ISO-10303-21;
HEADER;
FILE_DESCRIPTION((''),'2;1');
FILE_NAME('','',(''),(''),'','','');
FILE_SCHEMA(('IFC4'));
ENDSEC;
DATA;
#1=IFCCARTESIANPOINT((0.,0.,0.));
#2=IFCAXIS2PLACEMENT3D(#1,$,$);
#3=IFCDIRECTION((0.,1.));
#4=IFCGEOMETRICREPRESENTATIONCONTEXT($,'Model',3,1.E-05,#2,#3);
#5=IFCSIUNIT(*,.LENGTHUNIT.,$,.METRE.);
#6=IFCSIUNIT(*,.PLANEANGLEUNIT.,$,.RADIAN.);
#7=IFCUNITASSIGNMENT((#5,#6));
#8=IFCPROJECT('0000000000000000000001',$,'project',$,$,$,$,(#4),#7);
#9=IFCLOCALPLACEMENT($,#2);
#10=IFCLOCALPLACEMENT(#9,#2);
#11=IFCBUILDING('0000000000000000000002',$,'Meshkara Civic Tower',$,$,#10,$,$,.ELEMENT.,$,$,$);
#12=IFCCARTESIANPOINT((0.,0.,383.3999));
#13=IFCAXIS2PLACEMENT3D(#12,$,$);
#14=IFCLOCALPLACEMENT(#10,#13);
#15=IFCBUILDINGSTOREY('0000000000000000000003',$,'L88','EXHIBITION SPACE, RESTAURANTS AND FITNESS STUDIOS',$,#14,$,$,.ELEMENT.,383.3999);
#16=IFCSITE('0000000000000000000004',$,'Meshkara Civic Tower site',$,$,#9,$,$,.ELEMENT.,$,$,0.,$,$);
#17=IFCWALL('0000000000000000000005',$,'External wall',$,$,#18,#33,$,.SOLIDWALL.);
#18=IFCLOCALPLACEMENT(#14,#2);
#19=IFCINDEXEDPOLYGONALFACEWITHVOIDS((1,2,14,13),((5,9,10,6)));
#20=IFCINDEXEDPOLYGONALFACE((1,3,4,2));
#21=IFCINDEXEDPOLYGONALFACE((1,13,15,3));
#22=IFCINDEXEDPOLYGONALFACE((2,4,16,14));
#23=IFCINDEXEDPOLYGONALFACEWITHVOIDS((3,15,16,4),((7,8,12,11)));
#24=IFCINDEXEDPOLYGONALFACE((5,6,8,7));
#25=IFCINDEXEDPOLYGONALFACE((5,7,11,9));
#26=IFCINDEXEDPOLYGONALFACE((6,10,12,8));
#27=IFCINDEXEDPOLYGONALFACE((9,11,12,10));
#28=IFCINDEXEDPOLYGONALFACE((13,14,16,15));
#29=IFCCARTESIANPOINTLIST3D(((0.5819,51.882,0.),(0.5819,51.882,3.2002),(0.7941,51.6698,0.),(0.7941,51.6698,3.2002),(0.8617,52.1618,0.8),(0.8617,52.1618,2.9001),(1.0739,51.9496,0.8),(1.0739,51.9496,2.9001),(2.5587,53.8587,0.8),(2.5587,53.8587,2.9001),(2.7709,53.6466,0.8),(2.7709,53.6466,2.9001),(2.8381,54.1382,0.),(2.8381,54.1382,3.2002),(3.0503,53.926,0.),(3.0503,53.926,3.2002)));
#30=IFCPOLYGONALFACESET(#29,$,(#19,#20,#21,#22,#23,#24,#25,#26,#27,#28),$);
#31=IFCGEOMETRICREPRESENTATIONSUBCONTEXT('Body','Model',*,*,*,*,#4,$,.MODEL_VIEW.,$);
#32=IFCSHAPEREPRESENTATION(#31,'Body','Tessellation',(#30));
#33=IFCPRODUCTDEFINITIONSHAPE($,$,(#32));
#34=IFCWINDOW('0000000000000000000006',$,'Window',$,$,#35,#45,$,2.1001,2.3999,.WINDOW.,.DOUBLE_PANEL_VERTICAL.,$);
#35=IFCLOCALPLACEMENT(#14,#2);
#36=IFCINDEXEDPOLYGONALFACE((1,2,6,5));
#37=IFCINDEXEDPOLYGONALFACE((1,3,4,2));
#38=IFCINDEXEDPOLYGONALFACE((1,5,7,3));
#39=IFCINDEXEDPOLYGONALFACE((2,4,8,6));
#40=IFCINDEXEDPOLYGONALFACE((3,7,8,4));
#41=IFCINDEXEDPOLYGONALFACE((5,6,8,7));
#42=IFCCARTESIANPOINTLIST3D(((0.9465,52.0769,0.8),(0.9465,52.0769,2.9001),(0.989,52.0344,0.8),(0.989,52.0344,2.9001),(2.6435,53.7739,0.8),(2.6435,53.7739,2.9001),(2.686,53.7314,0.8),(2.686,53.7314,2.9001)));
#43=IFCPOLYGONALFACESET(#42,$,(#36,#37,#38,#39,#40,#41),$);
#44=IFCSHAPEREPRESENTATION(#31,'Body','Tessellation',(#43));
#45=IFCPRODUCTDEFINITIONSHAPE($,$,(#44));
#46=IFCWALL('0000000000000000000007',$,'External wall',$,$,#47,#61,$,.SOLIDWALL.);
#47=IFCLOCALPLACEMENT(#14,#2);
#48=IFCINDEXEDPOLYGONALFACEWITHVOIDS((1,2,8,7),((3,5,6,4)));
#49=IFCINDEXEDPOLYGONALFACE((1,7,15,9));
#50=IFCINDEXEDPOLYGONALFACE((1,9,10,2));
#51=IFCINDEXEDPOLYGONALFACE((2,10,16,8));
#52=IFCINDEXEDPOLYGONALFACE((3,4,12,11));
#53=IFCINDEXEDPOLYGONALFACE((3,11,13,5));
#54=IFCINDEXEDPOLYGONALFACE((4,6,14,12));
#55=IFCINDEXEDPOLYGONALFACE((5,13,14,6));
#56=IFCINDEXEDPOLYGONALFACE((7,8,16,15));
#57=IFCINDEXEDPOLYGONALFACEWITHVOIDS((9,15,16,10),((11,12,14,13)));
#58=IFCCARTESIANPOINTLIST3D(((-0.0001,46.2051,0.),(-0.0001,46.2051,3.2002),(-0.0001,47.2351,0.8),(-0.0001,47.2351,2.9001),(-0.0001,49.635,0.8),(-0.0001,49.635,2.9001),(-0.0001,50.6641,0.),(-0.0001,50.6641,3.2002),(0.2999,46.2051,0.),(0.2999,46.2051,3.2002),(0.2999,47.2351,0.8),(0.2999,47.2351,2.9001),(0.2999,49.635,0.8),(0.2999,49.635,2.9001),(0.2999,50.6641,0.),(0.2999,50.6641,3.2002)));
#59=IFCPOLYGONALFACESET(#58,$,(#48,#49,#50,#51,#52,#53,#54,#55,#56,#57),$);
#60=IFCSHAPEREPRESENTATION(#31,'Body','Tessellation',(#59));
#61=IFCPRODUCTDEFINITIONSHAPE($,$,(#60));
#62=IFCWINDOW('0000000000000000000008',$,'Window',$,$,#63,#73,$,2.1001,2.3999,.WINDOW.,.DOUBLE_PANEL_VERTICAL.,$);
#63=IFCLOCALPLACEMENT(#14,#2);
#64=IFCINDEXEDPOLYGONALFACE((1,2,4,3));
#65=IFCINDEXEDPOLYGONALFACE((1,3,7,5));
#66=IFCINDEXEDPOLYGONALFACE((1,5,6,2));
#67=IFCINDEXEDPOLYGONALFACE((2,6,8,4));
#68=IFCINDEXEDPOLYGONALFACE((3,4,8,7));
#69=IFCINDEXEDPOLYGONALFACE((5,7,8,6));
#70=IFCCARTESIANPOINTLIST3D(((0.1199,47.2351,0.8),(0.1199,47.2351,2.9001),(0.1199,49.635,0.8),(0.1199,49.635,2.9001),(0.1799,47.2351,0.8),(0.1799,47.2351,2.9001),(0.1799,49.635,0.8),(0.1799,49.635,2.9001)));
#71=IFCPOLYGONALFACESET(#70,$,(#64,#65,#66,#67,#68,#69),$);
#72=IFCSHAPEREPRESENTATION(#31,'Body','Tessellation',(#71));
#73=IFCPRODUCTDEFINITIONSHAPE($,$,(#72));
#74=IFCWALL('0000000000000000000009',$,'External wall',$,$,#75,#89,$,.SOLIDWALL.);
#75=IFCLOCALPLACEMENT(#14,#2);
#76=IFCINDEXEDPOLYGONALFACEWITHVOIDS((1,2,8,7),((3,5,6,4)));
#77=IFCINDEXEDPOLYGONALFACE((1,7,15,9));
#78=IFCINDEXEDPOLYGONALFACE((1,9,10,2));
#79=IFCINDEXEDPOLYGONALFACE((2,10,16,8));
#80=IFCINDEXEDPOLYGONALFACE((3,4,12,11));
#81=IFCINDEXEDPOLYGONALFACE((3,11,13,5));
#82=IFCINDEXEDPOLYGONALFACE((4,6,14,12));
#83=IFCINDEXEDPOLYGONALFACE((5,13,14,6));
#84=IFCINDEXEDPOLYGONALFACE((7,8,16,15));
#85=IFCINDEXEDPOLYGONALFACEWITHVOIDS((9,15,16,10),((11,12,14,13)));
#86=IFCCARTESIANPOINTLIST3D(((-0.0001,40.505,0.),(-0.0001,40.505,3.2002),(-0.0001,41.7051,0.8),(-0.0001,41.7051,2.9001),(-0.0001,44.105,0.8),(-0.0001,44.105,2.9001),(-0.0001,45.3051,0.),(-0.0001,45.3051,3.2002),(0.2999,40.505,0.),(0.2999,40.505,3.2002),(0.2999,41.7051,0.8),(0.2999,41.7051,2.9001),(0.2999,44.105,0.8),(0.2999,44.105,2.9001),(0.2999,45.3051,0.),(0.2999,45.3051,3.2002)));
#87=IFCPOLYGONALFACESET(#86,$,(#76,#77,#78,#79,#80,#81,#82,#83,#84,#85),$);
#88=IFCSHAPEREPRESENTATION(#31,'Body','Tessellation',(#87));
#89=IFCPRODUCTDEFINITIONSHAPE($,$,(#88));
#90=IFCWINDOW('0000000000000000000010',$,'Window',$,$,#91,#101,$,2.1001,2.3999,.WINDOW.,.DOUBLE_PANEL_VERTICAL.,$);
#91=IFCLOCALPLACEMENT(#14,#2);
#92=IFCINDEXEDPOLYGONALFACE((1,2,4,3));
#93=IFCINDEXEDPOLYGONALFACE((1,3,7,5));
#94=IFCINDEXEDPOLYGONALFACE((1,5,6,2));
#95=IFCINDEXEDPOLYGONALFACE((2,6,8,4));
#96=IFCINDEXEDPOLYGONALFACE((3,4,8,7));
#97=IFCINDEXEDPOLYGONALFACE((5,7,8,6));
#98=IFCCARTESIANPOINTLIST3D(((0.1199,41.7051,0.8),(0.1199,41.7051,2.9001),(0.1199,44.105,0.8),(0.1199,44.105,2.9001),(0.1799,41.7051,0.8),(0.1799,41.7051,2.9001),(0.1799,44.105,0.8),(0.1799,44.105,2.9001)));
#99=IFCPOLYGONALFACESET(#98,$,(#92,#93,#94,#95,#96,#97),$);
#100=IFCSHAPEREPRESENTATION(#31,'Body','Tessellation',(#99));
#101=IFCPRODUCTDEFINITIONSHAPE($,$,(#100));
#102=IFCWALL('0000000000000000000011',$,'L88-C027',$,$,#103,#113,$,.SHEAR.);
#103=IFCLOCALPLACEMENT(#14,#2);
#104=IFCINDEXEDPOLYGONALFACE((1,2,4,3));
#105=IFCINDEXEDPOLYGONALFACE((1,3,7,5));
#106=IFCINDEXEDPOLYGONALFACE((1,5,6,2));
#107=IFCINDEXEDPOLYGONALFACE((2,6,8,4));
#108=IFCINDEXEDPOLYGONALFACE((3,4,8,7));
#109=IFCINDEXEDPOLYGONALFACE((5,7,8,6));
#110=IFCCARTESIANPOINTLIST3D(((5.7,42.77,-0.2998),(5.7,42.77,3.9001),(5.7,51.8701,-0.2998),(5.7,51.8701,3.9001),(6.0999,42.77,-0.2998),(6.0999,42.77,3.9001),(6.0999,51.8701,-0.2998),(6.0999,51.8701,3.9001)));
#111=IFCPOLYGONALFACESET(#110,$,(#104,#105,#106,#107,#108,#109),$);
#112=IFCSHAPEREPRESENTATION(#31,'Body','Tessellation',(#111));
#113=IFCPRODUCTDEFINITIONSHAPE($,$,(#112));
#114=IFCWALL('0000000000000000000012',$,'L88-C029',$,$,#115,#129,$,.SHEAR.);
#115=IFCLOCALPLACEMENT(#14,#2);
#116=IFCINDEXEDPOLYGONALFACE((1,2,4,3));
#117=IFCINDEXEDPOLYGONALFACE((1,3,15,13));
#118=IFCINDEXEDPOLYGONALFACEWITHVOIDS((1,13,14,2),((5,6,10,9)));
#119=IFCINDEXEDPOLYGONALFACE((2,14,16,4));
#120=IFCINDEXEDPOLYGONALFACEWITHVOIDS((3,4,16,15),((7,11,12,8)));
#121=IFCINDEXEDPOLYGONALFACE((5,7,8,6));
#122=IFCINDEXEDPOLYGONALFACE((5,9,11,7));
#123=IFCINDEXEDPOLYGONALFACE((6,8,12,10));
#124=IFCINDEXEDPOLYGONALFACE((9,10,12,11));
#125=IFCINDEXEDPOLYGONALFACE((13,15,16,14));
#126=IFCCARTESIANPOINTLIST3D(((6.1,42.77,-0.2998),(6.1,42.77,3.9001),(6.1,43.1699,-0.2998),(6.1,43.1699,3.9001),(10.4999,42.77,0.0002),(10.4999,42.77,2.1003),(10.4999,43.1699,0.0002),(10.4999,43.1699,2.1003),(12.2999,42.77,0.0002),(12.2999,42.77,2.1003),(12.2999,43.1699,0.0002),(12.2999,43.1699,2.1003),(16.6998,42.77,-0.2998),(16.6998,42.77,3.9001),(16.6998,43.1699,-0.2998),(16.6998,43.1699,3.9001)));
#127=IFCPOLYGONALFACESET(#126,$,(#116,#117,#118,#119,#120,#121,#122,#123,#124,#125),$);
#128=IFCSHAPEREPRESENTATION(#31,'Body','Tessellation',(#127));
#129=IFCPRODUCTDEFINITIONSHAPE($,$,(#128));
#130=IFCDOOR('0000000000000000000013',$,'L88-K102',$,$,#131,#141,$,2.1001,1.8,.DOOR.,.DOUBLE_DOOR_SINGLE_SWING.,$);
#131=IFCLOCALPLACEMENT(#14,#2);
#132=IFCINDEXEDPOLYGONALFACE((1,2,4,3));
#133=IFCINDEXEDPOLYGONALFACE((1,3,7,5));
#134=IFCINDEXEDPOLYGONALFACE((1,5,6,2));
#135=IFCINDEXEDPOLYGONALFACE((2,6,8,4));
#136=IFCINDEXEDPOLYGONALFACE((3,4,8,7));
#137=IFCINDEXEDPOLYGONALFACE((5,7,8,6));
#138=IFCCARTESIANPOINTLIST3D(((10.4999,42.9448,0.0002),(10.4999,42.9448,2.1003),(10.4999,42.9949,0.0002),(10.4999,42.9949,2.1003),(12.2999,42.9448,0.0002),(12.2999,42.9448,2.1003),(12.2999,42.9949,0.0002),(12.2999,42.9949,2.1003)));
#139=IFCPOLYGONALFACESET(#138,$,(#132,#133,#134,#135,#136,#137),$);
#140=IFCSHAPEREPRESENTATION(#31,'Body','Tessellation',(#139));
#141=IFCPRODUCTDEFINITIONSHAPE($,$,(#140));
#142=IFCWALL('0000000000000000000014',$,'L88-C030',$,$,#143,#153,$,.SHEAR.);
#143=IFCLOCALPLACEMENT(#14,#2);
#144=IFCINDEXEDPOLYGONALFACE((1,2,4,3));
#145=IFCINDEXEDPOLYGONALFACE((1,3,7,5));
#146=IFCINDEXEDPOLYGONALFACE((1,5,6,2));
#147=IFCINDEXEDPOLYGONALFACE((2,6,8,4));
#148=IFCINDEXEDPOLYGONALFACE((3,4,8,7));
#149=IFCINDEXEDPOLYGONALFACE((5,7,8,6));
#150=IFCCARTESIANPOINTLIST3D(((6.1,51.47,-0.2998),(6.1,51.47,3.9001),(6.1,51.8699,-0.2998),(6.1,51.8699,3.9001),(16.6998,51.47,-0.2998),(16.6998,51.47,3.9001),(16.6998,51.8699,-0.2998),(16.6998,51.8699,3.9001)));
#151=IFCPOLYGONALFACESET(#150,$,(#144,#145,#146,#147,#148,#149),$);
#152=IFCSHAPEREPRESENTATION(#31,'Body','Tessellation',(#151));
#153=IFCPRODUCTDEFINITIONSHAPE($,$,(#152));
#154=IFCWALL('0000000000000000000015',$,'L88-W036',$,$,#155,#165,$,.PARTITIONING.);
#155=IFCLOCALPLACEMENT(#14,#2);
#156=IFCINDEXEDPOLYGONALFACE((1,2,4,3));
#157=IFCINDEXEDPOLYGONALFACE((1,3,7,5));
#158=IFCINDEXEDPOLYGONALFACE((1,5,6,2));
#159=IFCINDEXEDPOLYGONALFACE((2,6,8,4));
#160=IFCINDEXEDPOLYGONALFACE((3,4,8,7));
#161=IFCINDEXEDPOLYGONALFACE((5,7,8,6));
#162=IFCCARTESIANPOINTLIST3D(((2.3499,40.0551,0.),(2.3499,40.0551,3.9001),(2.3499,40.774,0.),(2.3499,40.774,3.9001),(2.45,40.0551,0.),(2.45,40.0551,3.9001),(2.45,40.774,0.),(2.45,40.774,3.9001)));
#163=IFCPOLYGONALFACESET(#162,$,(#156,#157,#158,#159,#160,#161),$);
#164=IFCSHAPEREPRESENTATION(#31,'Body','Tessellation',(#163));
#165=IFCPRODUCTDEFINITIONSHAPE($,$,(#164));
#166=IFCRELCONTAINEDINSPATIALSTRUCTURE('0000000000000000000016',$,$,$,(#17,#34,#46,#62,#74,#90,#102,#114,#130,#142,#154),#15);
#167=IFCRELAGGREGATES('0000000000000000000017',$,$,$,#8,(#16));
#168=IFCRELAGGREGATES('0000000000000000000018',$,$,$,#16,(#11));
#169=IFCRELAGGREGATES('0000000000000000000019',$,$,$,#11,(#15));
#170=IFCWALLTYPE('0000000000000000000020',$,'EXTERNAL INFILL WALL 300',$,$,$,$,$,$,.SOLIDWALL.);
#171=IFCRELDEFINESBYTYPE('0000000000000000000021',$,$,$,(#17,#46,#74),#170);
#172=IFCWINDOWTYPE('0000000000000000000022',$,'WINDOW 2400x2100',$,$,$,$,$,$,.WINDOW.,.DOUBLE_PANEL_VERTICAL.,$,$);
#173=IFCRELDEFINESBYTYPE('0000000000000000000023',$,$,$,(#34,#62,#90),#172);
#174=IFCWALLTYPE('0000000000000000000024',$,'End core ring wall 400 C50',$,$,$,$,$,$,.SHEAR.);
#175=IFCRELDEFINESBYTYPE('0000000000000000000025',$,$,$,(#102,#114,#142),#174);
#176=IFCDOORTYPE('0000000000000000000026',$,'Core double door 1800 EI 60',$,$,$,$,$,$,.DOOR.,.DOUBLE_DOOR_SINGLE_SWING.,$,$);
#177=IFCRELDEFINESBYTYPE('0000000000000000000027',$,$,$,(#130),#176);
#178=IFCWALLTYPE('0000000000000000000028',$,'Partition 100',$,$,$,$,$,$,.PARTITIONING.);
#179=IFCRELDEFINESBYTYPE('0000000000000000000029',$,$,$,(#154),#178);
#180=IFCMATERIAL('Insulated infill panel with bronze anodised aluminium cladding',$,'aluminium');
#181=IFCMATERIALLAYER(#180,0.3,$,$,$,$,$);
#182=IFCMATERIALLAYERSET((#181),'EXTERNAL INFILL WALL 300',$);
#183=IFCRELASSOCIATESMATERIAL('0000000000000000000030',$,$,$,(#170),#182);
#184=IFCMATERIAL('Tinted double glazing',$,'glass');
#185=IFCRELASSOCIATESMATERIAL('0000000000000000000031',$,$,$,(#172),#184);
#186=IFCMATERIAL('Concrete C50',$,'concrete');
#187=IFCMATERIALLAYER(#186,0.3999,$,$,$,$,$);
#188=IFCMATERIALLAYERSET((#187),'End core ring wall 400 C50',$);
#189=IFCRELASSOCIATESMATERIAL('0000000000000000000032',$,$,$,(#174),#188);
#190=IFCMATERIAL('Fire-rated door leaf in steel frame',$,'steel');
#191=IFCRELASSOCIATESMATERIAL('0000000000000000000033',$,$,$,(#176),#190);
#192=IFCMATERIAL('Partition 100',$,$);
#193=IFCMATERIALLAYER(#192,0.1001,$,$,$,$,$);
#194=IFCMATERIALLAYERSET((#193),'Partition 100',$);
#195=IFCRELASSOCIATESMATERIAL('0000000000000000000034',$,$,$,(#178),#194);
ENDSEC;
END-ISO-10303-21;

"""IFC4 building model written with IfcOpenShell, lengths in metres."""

from ifc_helpers import new_model, si_unit, direction, frame, frame_2d, origin, place, context, subcontext, project, spatial, rectangle, extrude, material, layer, layer_set, type_object, element, fill, save


model = new_model("IFC4")

# Units and contexts
model_context = context("Model", 3, precision=1e-05, world=origin(), true_north=direction((0.0, 1.0)))
body_context = subcontext(model_context, "Body", "Model", "MODEL_VIEW")
ifc_project = project(units=[si_unit("LENGTHUNIT", "METRE"), si_unit("PLANEANGLEUNIT", "RADIAN")], contexts=[model_context])

# Site, building, storey
site_placement = place(None, origin())
site = spatial("IfcSite", under=ifc_project, at=site_placement, Name="Meshkara Civic Tower site", CompositionType="ELEMENT", RefElevation=0.0)
building_placement = place(site_placement, origin())
building = spatial("IfcBuilding", under=site, at=building_placement, Name="Meshkara Civic Tower", CompositionType="ELEMENT")
storey_placement = place(building_placement, frame((0.0, 0.0, 383.3999)))
storey = spatial("IfcBuildingStorey", under=building, at=storey_placement, Name="L88", Description="EXHIBITION SPACE, RESTAURANTS AND FITNESS STUDIOS", CompositionType="ELEMENT", Elevation=383.3999)

# Walls, openings, windows
ifc_material_1 = material(Name="Insulated infill panel with bronze anodised aluminium cladding", Category="aluminium")
ifc_layer_1 = layer(ifc_material_1, 0.3)
ifc_layer_set_1 = layer_set([ifc_layer_1], Name="EXTERNAL INFILL WALL 300")
wall_type_1 = type_object("IfcWallType", Name="EXTERNAL INFILL WALL 300", PredefinedType="SOLIDWALL", material=ifc_layer_set_1)
ifc_material_2 = material(Name="Tinted double glazing", Category="glass")
window_type = type_object("IfcWindowType", Name="WINDOW 2400x2100", PartitioningType="DOUBLE_PANEL_VERTICAL", PredefinedType="WINDOW", material=ifc_material_2)
wall_1_placement = place(storey_placement, frame((2.9441, 54.032, 0.0), z_axis=(0.0, 0.0, 1.0), x_axis=(-0.707107, -0.707107, 0.0)))
wall_1 = element("IfcWall", 1, at=wall_1_placement, inside=storey, type_object=wall_type_1, Name="External wall", PredefinedType="SOLIDWALL", context=body_context, shape_type="SweptSolid", body=[
    extrude(rectangle(XDim=3.1907, YDim=0.3, at=frame_2d((1.5952, 0.0))), origin(), (0.0, 0.0, 1.0), 3.2002),
])
opening_1_placement = place(wall_1_placement, frame((0.395, 0.0, 0.8)))
opening_1 = element("IfcOpeningElement", 2, at=opening_1_placement, cuts=wall_1, PredefinedType="OPENING", context=body_context, shape_type="SweptSolid", body=[
    extrude(rectangle(XDim=2.3999, YDim=2.1001, at=frame_2d((1.2, 1.05))), frame((0.0, 0.1599, 0.0), z_axis=(0.0, -1.0, 0.0), x_axis=(1.0, 0.0, 0.0)), (0.0, 0.0, 1.0), 0.3201),
])
window_1_placement = place(opening_1_placement, origin())
window_1 = element("IfcWindow", 3, at=window_1_placement, inside=storey, type_object=window_type, Name="Window", OverallHeight=2.1001, OverallWidth=2.3999, PartitioningType="DOUBLE_PANEL_VERTICAL", PredefinedType="WINDOW", context=body_context, shape_type="SweptSolid", body=[
    extrude(rectangle(XDim=2.3999, YDim=2.1001, at=frame_2d((1.2, 1.05))), frame((0.0, 0.03, 0.0), z_axis=(0.0, -1.0, 0.0), x_axis=(1.0, 0.0, 0.0)), (0.0, 0.0, 1.0), 0.0601),
])
fill(opening_1, window_1)
wall_2_placement = place(storey_placement, frame((0.1499, 50.6641, 0.0), z_axis=(0.0, 0.0, 1.0), x_axis=(0.0, -1.0, 0.0)))
wall_2 = element("IfcWall", 4, at=wall_2_placement, inside=storey, type_object=wall_type_1, Name="External wall", PredefinedType="SOLIDWALL", context=body_context, shape_type="SweptSolid", body=[
    extrude(rectangle(XDim=4.459, YDim=0.3, at=frame_2d((2.2295, 0.0))), origin(), (0.0, 0.0, 1.0), 3.2002),
])
opening_2_placement = place(wall_2_placement, frame((1.0291, 0.0, 0.8)))
opening_2 = element("IfcOpeningElement", 5, at=opening_2_placement, cuts=wall_2, PredefinedType="OPENING", context=body_context, shape_type="SweptSolid", body=[
    extrude(rectangle(XDim=2.3999, YDim=2.1001, at=frame_2d((1.2, 1.05))), frame((0.0, 0.1599, 0.0), z_axis=(0.0, -1.0, 0.0), x_axis=(1.0, 0.0, 0.0)), (0.0, 0.0, 1.0), 0.3201),
])
window_2_placement = place(opening_2_placement, origin())
window_2 = element("IfcWindow", 6, at=window_2_placement, inside=storey, type_object=window_type, Name="Window", OverallHeight=2.1001, OverallWidth=2.3999, PartitioningType="DOUBLE_PANEL_VERTICAL", PredefinedType="WINDOW", context=body_context, shape_type="SweptSolid", body=[
    extrude(rectangle(XDim=2.3999, YDim=2.1001, at=frame_2d((1.2, 1.05))), frame((0.0, 0.03, 0.0), z_axis=(0.0, -1.0, 0.0), x_axis=(1.0, 0.0, 0.0)), (0.0, 0.0, 1.0), 0.0601),
])
fill(opening_2, window_2)
wall_3_placement = place(storey_placement, frame((0.1499, 45.3049, 0.0), z_axis=(0.0, 0.0, 1.0), x_axis=(0.0, -1.0, 0.0)))
wall_3 = element("IfcWall", 7, at=wall_3_placement, inside=storey, type_object=wall_type_1, Name="External wall", PredefinedType="SOLIDWALL", context=body_context, shape_type="SweptSolid", body=[
    extrude(rectangle(XDim=4.8, YDim=0.3, at=frame_2d((2.3999, 0.0))), origin(), (0.0, 0.0, 1.0), 3.2002),
])
opening_3_placement = place(wall_3_placement, frame((1.2, 0.0, 0.8)))
opening_3 = element("IfcOpeningElement", 8, at=opening_3_placement, cuts=wall_3, PredefinedType="OPENING", context=body_context, shape_type="SweptSolid", body=[
    extrude(rectangle(XDim=2.3999, YDim=2.1001, at=frame_2d((1.2, 1.05))), frame((0.0, 0.1599, 0.0), z_axis=(0.0, -1.0, 0.0), x_axis=(1.0, 0.0, 0.0)), (0.0, 0.0, 1.0), 0.3201),
])
window_3_placement = place(opening_3_placement, origin())
window_3 = element("IfcWindow", 9, at=window_3_placement, inside=storey, type_object=window_type, Name="Window", OverallHeight=2.1001, OverallWidth=2.3999, PartitioningType="DOUBLE_PANEL_VERTICAL", PredefinedType="WINDOW", context=body_context, shape_type="SweptSolid", body=[
    extrude(rectangle(XDim=2.3999, YDim=2.1001, at=frame_2d((1.2, 1.05))), frame((0.0, 0.03, 0.0), z_axis=(0.0, -1.0, 0.0), x_axis=(1.0, 0.0, 0.0)), (0.0, 0.0, 1.0), 0.0601),
])
fill(opening_3, window_3)

# Wall
ifc_material_3 = material(Name="Concrete C50", Category="concrete")
ifc_layer_2 = layer(ifc_material_3, 0.3999)
ifc_layer_set_2 = layer_set([ifc_layer_2], Name="End core ring wall 400 C50")
wall_type_2 = type_object("IfcWallType", Name="End core ring wall 400 C50", PredefinedType="SHEAR", material=ifc_layer_set_2)
wall_4_placement = place(storey_placement, frame((5.8999, 42.77, -0.2998), z_axis=(0.0, 0.0, 1.0), x_axis=(0.0, 1.0, 0.0)))
element("IfcWall", 10, at=wall_4_placement, inside=storey, type_object=wall_type_2, Name="L88-C027", PredefinedType="SHEAR", context=body_context, shape_type="SweptSolid", body=[
    extrude(rectangle(XDim=9.1001, YDim=0.3999, at=frame_2d((4.55, 0.0))), origin(), (0.0, 0.0, 1.0), 4.2),
])

# Wall, opening, door
wall_5_placement = place(storey_placement, frame((6.1001, 42.97, -0.2998), z_axis=(0.0, 0.0, 1.0), x_axis=(1.0, 0.0, 0.0)))
wall_5 = element("IfcWall", 11, at=wall_5_placement, inside=storey, type_object=wall_type_2, Name="L88-C029", PredefinedType="SHEAR", context=body_context, shape_type="SweptSolid", body=[
    extrude(rectangle(XDim=10.5999, YDim=0.3999, at=frame_2d((5.2998, 0.0))), origin(), (0.0, 0.0, 1.0), 4.2),
])
opening_4_placement = place(wall_5_placement, frame((4.3999, 0.0, 0.3)))
opening_4 = element("IfcOpeningElement", 12, at=opening_4_placement, cuts=wall_5, PredefinedType="OPENING", context=body_context, shape_type="SweptSolid", body=[
    extrude(rectangle(XDim=1.8, YDim=2.1001, at=frame_2d((0.8999, 1.05))), frame((0.0, 0.21, 0.0), z_axis=(0.0, -1.0, 0.0), x_axis=(1.0, 0.0, 0.0)), (0.0, 0.0, 1.0), 0.4199),
])
ifc_material_4 = material(Name="Fire-rated door leaf in steel frame", Category="steel")
door_type_1 = type_object("IfcDoorType", Name="Core double door 1800 EI 60", OperationType="DOUBLE_DOOR_SINGLE_SWING", PredefinedType="DOOR", material=ifc_material_4)
door_1_placement = place(opening_4_placement, origin())
door_1 = element("IfcDoor", 13, at=door_1_placement, inside=storey, type_object=door_type_1, Name="L88-K102", OperationType="DOUBLE_DOOR_SINGLE_SWING", OverallHeight=2.1001, OverallWidth=1.8, PredefinedType="DOOR", context=body_context, shape_type="SweptSolid", body=[
    extrude(rectangle(XDim=1.8, YDim=2.1001, at=frame_2d((0.8999, 1.05))), frame((0.0, 0.0249, 0.0), z_axis=(0.0, -1.0, 0.0), x_axis=(1.0, 0.0, 0.0)), (0.0, 0.0, 1.0), 0.05),
])
fill(opening_4, door_1)

# Walls
wall_6_placement = place(storey_placement, frame((6.1001, 51.6699, -0.2998), z_axis=(0.0, 0.0, 1.0), x_axis=(1.0, 0.0, 0.0)))
element("IfcWall", 14, at=wall_6_placement, inside=storey, type_object=wall_type_2, Name="L88-C030", PredefinedType="SHEAR", context=body_context, shape_type="SweptSolid", body=[
    extrude(rectangle(XDim=10.5999, YDim=0.3999, at=frame_2d((5.2998, 0.0))), origin(), (0.0, 0.0, 1.0), 4.2),
])
ifc_material_5 = material(Name="Partition 100")
ifc_layer_3 = layer(ifc_material_5, 0.1001)
ifc_layer_set_3 = layer_set([ifc_layer_3], Name="Partition 100")
wall_type_3 = type_object("IfcWallType", Name="Partition 100", PredefinedType="PARTITIONING", material=ifc_layer_set_3)
wall_7_placement = place(storey_placement, frame((2.3999, 40.7739, 0.0), z_axis=(0.0, 0.0, 1.0), x_axis=(0.0, -1.0, 0.0)))
element("IfcWall", 15, at=wall_7_placement, inside=storey, type_object=wall_type_3, Name="L88-W036", PredefinedType="PARTITIONING", context=body_context, shape_type="SweptSolid", body=[
    extrude(rectangle(XDim=0.719, YDim=0.1001, at=frame_2d((0.3594, 0.0))), origin(), (0.0, 0.0, 1.0), 3.9001),
])

save(model, "model.ifc")
